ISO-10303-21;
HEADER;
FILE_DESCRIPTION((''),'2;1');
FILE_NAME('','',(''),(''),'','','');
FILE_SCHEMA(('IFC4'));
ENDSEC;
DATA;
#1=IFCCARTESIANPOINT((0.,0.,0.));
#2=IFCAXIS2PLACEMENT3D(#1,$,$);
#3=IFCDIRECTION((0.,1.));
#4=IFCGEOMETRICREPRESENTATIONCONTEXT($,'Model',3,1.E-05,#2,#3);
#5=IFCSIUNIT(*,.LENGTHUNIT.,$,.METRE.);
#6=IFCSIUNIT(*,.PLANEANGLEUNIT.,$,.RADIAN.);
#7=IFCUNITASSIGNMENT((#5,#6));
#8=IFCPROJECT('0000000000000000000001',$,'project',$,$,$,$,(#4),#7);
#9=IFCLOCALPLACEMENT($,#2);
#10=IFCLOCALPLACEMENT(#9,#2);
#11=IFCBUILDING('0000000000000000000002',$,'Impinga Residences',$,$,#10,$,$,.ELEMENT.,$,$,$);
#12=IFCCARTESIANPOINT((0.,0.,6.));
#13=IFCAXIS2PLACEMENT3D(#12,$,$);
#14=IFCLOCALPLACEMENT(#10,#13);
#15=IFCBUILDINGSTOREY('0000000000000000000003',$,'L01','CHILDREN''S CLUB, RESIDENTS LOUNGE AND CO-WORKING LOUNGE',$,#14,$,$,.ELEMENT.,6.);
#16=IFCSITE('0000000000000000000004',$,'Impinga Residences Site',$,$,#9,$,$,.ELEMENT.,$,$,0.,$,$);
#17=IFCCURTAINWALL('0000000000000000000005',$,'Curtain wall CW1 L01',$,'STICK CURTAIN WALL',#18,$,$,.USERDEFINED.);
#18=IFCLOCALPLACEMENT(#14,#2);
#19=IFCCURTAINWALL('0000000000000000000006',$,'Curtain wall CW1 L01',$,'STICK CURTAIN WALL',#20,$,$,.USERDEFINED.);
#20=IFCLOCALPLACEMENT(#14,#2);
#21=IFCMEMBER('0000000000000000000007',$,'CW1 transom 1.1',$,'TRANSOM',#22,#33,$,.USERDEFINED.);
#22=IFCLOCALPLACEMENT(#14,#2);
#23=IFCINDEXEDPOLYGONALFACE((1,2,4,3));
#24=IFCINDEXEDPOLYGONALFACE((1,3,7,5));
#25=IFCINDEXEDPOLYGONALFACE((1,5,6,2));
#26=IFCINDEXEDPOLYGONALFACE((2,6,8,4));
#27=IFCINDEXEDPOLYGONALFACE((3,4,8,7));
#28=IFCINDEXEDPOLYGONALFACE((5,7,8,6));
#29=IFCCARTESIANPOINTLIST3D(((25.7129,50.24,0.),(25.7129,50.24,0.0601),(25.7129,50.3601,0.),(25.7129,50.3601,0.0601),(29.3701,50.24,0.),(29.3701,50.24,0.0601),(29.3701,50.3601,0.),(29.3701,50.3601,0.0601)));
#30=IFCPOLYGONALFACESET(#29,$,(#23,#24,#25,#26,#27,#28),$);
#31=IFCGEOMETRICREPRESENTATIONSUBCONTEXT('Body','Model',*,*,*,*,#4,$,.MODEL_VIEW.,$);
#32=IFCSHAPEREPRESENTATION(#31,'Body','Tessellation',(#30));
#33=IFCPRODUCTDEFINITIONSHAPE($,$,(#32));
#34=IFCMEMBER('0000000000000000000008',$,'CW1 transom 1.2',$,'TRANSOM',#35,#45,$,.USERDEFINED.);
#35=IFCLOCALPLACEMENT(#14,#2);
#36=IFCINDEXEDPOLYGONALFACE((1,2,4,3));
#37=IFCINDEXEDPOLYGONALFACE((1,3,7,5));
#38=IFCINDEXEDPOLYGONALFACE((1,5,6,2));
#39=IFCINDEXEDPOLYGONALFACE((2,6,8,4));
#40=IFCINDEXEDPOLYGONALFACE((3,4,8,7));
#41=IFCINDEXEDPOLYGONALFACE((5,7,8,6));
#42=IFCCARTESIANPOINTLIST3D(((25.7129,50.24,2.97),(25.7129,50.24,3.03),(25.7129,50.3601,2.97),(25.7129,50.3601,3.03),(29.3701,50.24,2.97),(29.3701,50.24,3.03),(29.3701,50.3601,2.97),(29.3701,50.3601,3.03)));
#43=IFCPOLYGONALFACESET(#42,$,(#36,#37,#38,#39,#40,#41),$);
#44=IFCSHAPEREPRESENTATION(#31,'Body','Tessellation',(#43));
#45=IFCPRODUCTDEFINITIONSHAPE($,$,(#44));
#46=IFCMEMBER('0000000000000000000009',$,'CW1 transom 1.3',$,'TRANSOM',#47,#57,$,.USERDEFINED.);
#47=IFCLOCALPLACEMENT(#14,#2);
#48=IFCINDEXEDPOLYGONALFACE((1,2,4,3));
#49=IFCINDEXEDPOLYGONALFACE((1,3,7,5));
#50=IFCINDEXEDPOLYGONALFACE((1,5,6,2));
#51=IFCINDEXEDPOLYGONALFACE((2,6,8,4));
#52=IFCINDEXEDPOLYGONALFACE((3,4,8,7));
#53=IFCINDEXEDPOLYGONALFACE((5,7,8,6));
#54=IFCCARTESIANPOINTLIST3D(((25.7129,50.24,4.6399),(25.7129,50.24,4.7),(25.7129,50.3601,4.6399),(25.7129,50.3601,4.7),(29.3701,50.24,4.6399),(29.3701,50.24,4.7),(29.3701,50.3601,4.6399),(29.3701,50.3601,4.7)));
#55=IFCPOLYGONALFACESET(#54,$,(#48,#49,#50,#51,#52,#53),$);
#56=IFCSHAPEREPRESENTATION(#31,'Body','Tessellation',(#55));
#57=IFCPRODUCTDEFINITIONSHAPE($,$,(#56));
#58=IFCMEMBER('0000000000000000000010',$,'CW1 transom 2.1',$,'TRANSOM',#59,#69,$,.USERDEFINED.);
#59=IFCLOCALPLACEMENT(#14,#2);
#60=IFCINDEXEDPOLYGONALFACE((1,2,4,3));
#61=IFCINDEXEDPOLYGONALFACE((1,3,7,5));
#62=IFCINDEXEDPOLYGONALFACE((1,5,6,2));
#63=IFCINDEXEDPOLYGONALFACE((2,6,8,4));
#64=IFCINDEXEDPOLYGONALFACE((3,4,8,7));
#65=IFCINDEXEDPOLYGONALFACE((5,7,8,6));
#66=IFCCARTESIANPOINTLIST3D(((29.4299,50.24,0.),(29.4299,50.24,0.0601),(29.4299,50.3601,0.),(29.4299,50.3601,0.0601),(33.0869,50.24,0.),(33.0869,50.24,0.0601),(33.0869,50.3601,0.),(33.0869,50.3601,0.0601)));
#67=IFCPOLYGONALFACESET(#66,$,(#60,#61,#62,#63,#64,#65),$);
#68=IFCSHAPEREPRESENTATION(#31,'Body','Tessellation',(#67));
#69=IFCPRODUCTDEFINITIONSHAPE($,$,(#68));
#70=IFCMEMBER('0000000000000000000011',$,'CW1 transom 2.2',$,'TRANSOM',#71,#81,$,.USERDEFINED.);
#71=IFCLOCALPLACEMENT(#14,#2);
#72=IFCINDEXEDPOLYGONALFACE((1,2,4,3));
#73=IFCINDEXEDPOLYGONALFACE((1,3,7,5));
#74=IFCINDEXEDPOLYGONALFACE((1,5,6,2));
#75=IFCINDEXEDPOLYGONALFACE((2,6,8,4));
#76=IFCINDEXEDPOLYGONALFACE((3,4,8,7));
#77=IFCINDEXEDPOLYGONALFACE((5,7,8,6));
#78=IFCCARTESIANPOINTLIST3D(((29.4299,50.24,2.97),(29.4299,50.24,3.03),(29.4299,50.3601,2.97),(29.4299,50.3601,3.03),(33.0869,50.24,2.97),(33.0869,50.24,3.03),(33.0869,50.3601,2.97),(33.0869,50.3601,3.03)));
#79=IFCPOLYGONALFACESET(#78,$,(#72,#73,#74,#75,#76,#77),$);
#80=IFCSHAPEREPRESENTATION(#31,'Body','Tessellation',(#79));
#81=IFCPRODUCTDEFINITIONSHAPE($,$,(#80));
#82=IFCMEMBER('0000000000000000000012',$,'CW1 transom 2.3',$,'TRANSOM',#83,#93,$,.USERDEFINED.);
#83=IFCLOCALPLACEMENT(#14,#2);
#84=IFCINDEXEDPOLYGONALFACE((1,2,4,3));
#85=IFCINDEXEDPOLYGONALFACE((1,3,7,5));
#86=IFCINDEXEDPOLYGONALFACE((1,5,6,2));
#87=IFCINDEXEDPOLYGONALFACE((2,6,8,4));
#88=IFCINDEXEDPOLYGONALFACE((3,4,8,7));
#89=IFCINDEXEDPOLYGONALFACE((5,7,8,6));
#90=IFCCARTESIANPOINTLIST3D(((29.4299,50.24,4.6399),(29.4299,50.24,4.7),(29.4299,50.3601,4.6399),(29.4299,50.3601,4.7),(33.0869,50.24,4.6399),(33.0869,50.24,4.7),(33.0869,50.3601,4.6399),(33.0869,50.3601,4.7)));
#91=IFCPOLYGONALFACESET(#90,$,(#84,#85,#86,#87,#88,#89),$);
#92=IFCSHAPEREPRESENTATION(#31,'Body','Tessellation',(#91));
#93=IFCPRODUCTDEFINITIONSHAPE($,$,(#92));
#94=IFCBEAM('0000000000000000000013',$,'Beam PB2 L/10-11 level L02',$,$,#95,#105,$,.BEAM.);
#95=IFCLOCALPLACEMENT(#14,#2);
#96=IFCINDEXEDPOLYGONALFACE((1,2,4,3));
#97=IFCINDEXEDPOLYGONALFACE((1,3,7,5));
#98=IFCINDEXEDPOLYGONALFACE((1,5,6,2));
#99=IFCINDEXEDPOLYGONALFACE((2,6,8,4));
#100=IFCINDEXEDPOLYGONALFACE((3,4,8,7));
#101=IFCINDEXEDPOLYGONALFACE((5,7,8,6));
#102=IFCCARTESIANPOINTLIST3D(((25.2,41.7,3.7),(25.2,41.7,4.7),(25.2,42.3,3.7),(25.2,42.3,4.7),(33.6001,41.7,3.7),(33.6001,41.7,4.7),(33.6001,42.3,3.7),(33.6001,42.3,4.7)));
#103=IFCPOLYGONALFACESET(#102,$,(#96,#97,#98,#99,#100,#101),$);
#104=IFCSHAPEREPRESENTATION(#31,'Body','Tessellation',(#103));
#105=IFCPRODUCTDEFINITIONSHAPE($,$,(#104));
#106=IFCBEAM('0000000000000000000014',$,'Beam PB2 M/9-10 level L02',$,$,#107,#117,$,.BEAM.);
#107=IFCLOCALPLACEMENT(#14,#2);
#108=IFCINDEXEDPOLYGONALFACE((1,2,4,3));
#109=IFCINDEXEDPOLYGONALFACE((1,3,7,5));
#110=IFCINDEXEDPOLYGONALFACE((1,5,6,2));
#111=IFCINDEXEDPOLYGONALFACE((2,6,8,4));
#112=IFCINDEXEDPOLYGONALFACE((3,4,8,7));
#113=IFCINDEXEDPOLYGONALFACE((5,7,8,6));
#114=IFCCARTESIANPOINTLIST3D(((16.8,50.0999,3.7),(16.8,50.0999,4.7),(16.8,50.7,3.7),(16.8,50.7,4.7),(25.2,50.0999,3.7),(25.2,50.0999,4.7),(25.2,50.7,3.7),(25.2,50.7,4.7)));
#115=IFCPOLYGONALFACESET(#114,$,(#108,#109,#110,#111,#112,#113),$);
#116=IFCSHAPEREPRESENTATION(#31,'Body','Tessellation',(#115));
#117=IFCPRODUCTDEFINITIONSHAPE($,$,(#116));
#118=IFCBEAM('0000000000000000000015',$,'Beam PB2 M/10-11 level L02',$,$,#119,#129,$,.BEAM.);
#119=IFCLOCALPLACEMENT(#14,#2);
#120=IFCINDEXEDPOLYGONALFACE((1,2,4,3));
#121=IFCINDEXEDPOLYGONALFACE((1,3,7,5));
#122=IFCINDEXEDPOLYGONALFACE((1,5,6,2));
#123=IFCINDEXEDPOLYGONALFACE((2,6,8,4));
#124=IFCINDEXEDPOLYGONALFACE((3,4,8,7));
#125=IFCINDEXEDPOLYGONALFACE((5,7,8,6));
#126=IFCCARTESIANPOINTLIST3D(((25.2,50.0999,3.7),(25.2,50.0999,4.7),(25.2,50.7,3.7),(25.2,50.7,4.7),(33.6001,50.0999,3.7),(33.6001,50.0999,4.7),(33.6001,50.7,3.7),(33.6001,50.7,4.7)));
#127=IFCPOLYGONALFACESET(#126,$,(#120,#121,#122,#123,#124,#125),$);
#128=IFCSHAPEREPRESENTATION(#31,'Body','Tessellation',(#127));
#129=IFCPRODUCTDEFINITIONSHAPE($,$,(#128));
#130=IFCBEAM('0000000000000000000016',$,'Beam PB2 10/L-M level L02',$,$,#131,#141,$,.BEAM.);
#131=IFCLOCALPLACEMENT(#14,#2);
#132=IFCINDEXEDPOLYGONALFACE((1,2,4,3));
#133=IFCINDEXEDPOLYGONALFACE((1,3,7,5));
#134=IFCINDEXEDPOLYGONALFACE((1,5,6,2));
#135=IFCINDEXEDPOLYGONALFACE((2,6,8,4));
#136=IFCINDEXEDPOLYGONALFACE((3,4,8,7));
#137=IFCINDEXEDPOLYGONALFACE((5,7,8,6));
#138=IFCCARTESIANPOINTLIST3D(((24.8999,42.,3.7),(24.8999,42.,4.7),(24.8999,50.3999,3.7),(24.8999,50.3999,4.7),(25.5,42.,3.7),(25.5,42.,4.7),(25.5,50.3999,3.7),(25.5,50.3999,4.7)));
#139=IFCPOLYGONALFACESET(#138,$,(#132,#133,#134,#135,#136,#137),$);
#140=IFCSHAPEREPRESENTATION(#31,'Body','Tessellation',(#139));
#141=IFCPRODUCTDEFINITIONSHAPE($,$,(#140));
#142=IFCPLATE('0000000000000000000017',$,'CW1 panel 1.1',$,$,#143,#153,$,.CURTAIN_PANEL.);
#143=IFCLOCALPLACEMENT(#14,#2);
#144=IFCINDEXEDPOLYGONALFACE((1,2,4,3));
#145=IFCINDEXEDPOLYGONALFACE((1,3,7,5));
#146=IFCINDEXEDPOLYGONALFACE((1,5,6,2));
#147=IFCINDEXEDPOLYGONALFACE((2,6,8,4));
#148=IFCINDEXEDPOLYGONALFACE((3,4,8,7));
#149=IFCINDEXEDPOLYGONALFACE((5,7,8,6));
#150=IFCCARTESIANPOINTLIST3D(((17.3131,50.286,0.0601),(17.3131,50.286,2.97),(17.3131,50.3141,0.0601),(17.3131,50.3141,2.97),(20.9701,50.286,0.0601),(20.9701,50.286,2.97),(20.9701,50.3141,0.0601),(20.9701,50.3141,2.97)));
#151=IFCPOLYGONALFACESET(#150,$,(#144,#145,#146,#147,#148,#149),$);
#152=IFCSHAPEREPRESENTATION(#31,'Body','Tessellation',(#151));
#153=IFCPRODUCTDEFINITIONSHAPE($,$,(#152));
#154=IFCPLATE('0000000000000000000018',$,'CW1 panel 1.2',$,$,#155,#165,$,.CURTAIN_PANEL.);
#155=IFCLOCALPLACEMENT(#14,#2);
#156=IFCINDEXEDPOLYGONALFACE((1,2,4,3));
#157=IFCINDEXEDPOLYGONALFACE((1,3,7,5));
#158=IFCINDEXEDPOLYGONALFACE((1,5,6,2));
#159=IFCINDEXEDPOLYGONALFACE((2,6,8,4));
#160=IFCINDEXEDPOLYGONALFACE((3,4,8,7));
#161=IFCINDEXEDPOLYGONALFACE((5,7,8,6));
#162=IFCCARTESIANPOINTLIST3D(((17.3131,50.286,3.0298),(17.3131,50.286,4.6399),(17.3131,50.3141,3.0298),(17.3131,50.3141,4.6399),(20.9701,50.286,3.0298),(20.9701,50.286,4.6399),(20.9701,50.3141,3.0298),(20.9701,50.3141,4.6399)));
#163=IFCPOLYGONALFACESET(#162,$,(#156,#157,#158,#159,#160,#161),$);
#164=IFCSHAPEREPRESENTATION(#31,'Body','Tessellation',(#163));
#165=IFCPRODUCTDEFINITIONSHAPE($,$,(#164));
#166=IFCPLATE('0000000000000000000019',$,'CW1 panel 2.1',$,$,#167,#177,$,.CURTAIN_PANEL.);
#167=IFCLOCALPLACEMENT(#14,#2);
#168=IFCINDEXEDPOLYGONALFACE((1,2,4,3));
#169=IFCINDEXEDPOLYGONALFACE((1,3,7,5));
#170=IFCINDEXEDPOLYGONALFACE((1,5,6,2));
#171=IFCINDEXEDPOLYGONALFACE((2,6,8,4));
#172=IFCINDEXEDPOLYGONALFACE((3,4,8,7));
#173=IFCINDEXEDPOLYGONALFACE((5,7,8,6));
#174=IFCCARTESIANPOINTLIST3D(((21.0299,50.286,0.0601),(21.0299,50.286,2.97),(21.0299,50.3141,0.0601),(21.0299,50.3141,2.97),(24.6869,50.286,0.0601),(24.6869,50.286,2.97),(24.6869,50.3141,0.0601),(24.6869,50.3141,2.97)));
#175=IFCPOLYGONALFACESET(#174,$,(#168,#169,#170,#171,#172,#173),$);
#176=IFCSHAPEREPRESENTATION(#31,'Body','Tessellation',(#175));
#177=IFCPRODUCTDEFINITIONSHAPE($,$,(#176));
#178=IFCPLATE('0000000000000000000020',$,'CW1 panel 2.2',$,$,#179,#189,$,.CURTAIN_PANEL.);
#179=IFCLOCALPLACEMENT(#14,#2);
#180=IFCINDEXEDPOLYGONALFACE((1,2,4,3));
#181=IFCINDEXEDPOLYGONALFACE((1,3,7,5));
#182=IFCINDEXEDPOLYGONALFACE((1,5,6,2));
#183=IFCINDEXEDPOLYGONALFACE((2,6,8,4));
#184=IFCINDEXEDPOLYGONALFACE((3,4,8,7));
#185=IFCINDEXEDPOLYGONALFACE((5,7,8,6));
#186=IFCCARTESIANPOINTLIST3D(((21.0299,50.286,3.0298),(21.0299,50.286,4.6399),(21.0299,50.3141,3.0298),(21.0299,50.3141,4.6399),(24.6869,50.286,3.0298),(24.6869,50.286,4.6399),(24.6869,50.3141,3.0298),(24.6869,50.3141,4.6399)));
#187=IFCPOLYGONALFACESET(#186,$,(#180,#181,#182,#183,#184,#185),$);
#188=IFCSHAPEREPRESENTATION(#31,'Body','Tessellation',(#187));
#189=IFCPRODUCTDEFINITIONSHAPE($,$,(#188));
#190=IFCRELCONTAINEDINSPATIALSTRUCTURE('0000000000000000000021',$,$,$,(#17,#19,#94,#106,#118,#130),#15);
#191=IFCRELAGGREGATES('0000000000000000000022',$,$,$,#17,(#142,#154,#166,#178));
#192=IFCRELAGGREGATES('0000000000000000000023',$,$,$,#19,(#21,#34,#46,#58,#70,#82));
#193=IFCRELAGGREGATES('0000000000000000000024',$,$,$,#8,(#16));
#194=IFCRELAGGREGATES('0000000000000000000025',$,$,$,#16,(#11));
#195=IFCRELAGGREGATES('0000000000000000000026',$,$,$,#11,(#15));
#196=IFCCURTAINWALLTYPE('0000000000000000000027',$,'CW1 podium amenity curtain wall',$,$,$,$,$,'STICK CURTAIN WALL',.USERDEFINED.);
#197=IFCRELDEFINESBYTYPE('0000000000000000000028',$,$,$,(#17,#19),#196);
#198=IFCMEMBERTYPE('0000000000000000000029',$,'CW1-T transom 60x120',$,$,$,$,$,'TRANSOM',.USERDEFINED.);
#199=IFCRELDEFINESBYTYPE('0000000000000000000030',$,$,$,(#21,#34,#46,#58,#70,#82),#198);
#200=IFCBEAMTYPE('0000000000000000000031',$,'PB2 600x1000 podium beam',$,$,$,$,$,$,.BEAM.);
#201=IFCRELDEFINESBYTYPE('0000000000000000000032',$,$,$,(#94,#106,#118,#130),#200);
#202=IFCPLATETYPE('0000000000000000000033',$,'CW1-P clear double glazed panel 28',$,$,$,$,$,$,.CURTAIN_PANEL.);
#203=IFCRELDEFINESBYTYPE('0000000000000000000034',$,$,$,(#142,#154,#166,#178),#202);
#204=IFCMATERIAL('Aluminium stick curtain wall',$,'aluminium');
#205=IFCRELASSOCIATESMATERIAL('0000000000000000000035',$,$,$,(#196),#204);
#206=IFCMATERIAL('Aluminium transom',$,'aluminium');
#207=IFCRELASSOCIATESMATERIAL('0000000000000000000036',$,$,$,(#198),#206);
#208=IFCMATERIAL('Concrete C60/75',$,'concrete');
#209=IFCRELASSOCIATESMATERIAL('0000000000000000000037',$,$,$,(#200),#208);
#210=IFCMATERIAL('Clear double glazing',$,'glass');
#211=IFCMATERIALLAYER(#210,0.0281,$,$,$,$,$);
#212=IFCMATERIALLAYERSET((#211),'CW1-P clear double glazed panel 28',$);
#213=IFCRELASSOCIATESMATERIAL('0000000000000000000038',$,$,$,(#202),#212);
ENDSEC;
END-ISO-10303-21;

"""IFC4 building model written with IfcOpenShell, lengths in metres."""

from ifc_helpers import new_model, si_unit, direction, frame, origin, origin_2d, place, context, subcontext, project, spatial, rectangle, extrude, material, layer, layer_set, material_profile, profile_set, type_object, element, aggregate, save


model = new_model("IFC4")

# Units and contexts
model_context = context("Model", 3, precision=1e-05, world=origin(), true_north=direction((0.0, 1.0)))
body_context = subcontext(model_context, "Body", "Model", "MODEL_VIEW")
ifc_project = project(units=[si_unit("LENGTHUNIT", "METRE"), si_unit("PLANEANGLEUNIT", "RADIAN")], contexts=[model_context])

# Site, building, storey
site_placement = place(None, origin())
site = spatial("IfcSite", under=ifc_project, at=site_placement, Name="Impinga Residences Site", CompositionType="ELEMENT", RefElevation=0.0)
building_placement = place(site_placement, origin())
building = spatial("IfcBuilding", under=site, at=building_placement, Name="Impinga Residences", CompositionType="ELEMENT")
storey_placement = place(building_placement, frame((0.0, 0.0, 6.0)))
storey = spatial("IfcBuildingStorey", under=building, at=storey_placement, Name="L01", Description="CHILDREN'S CLUB, RESIDENTS LOUNGE AND CO-WORKING LOUNGE", CompositionType="ELEMENT", Elevation=6.0)

# Curtain walls
ifc_material_1 = material(Name="Aluminium stick curtain wall", Category="aluminium")
curtain_wall_type = type_object("IfcCurtainWallType", Name="CW1 podium amenity curtain wall", ElementType="STICK CURTAIN WALL", PredefinedType="USERDEFINED", material=ifc_material_1)
curtain_wall_1_placement = place(storey_placement, origin())
curtain_wall_1 = element("IfcCurtainWall", 1, at=curtain_wall_1_placement, inside=storey, type_object=curtain_wall_type, Name="Curtain wall CW1 L01", ObjectType="STICK CURTAIN WALL", PredefinedType="USERDEFINED")
curtain_wall_2_placement = place(storey_placement, origin())
curtain_wall_2 = element("IfcCurtainWall", 2, at=curtain_wall_2_placement, inside=storey, type_object=curtain_wall_type, Name="Curtain wall CW1 L01", ObjectType="STICK CURTAIN WALL", PredefinedType="USERDEFINED")

# Members
ifc_material_2 = material(Name="Aluminium transom", Category="aluminium")
ifc_material_profile_1 = material_profile(ifc_material_2, rectangle(XDim=0.0601, YDim=0.1201, at=origin_2d()), Name="60x120 transom")
ifc_profile_set_1 = profile_set([ifc_material_profile_1], Name="Aluminium transom")
member_type_1 = type_object("IfcMemberType", Name="CW1-T transom 60x120", ElementType="TRANSOM", PredefinedType="USERDEFINED", material=ifc_profile_set_1)
member_1_placement = place(storey_placement, frame((25.7129, 50.3, 0.03), z_axis=(1.0, 0.0, 0.0), x_axis=(0.0, 0.0, 1.0)))
member_1 = element("IfcMember", 3, at=member_1_placement, type_object=member_type_1, Name="CW1 transom 1.1", ObjectType="TRANSOM", PredefinedType="USERDEFINED", context=body_context, shape_type="SweptSolid", body=[
    extrude(rectangle(XDim=0.0601, YDim=0.1201, at=origin_2d()), origin(), (0.0, 0.0, 1.0), 3.6572),
])
member_2_placement = place(storey_placement, frame((25.7129, 50.3, 3.0), z_axis=(1.0, 0.0, 0.0), x_axis=(0.0, 0.0, 1.0)))
member_2 = element("IfcMember", 4, at=member_2_placement, type_object=member_type_1, Name="CW1 transom 1.2", ObjectType="TRANSOM", PredefinedType="USERDEFINED", context=body_context, shape_type="SweptSolid", body=[
    extrude(rectangle(XDim=0.0601, YDim=0.1201, at=origin_2d()), origin(), (0.0, 0.0, 1.0), 3.6572),
])
member_3_placement = place(storey_placement, frame((25.7129, 50.3, 4.6699), z_axis=(1.0, 0.0, 0.0), x_axis=(0.0, 0.0, 1.0)))
member_3 = element("IfcMember", 5, at=member_3_placement, type_object=member_type_1, Name="CW1 transom 1.3", ObjectType="TRANSOM", PredefinedType="USERDEFINED", context=body_context, shape_type="SweptSolid", body=[
    extrude(rectangle(XDim=0.0601, YDim=0.1201, at=origin_2d()), origin(), (0.0, 0.0, 1.0), 3.6572),
])
member_4_placement = place(storey_placement, frame((29.4299, 50.3, 0.03), z_axis=(1.0, 0.0, 0.0), x_axis=(0.0, 0.0, 1.0)))
member_4 = element("IfcMember", 6, at=member_4_placement, type_object=member_type_1, Name="CW1 transom 2.1", ObjectType="TRANSOM", PredefinedType="USERDEFINED", context=body_context, shape_type="SweptSolid", body=[
    extrude(rectangle(XDim=0.0601, YDim=0.1201, at=origin_2d()), origin(), (0.0, 0.0, 1.0), 3.657),
])
member_5_placement = place(storey_placement, frame((29.4299, 50.3, 3.0), z_axis=(1.0, 0.0, 0.0), x_axis=(0.0, 0.0, 1.0)))
member_5 = element("IfcMember", 7, at=member_5_placement, type_object=member_type_1, Name="CW1 transom 2.2", ObjectType="TRANSOM", PredefinedType="USERDEFINED", context=body_context, shape_type="SweptSolid", body=[
    extrude(rectangle(XDim=0.0601, YDim=0.1201, at=origin_2d()), origin(), (0.0, 0.0, 1.0), 3.657),
])
member_6_placement = place(storey_placement, frame((29.4299, 50.3, 4.6699), z_axis=(1.0, 0.0, 0.0), x_axis=(0.0, 0.0, 1.0)))
member_6 = element("IfcMember", 8, at=member_6_placement, type_object=member_type_1, Name="CW1 transom 2.3", ObjectType="TRANSOM", PredefinedType="USERDEFINED", context=body_context, shape_type="SweptSolid", body=[
    extrude(rectangle(XDim=0.0601, YDim=0.1201, at=origin_2d()), origin(), (0.0, 0.0, 1.0), 3.657),
])

# Beams
ifc_material_3 = material(Name="Concrete C60/75", Category="concrete")
ifc_material_profile_2 = material_profile(ifc_material_3, rectangle(XDim=0.6001, YDim=1.0, at=origin_2d()), Name="RC 600x1000")
ifc_profile_set_2 = profile_set([ifc_material_profile_2], Name="Concrete C60/75")
beam_type = type_object("IfcBeamType", Name="PB2 600x1000 podium beam", PredefinedType="BEAM", material=ifc_profile_set_2)
beam_1_placement = place(storey_placement, frame((25.2, 42.0, 4.2), z_axis=(1.0, 0.0, 0.0), x_axis=(0.0, 1.0, 0.0)))
element("IfcBeam", 9, at=beam_1_placement, inside=storey, type_object=beam_type, Name="Beam PB2 L/10-11 level L02", PredefinedType="BEAM", context=body_context, shape_type="SweptSolid", body=[
    extrude(rectangle(XDim=0.6001, YDim=1.0, at=origin_2d()), origin(), (0.0, 0.0, 1.0), 8.4001),
])
beam_2_placement = place(storey_placement, frame((16.8, 50.3999, 4.2), z_axis=(1.0, 0.0, 0.0), x_axis=(0.0, 1.0, 0.0)))
element("IfcBeam", 10, at=beam_2_placement, inside=storey, type_object=beam_type, Name="Beam PB2 M/9-10 level L02", PredefinedType="BEAM", context=body_context, shape_type="SweptSolid", body=[
    extrude(rectangle(XDim=0.6001, YDim=1.0, at=origin_2d()), origin(), (0.0, 0.0, 1.0), 8.3999),
])
beam_3_placement = place(storey_placement, frame((25.2, 50.3999, 4.2), z_axis=(1.0, 0.0, 0.0), x_axis=(0.0, 1.0, 0.0)))
element("IfcBeam", 11, at=beam_3_placement, inside=storey, type_object=beam_type, Name="Beam PB2 M/10-11 level L02", PredefinedType="BEAM", context=body_context, shape_type="SweptSolid", body=[
    extrude(rectangle(XDim=0.6001, YDim=1.0, at=origin_2d()), origin(), (0.0, 0.0, 1.0), 8.4001),
])
beam_4_placement = place(storey_placement, frame((25.2, 42.0, 4.2), z_axis=(0.0, 1.0, 0.0), x_axis=(-1.0, 0.0, 0.0)))
element("IfcBeam", 12, at=beam_4_placement, inside=storey, type_object=beam_type, Name="Beam PB2 10/L-M level L02", PredefinedType="BEAM", context=body_context, shape_type="SweptSolid", body=[
    extrude(rectangle(XDim=0.6001, YDim=1.0, at=origin_2d()), origin(), (0.0, 0.0, 1.0), 8.3999),
])

# Plates
ifc_material_4 = material(Name="Clear double glazing", Category="glass")
ifc_layer = layer(ifc_material_4, 0.0281)
ifc_layer_set = layer_set([ifc_layer], Name="CW1-P clear double glazed panel 28")
plate_type = type_object("IfcPlateType", Name="CW1-P clear double glazed panel 28", PredefinedType="CURTAIN_PANEL", material=ifc_layer_set)
plate_1_placement = place(storey_placement, frame((19.1416, 50.3, 0.0601), z_axis=(0.0, 0.0, 1.0), x_axis=(1.0, 0.0, 0.0)))
plate_1 = element("IfcPlate", 13, at=plate_1_placement, type_object=plate_type, Name="CW1 panel 1.1", PredefinedType="CURTAIN_PANEL", context=body_context, shape_type="SweptSolid", body=[
    extrude(rectangle(XDim=3.657, YDim=0.0281, at=origin_2d()), origin(), (0.0, 0.0, 1.0), 2.9099),
])
plate_2_placement = place(storey_placement, frame((19.1416, 50.3, 3.0298), z_axis=(0.0, 0.0, 1.0), x_axis=(1.0, 0.0, 0.0)))
plate_2 = element("IfcPlate", 14, at=plate_2_placement, type_object=plate_type, Name="CW1 panel 1.2", PredefinedType="CURTAIN_PANEL", context=body_context, shape_type="SweptSolid", body=[
    extrude(rectangle(XDim=3.657, YDim=0.0281, at=origin_2d()), origin(), (0.0, 0.0, 1.0), 1.6101),
])
plate_3_placement = place(storey_placement, frame((22.8584, 50.3, 0.0601), z_axis=(0.0, 0.0, 1.0), x_axis=(1.0, 0.0, 0.0)))
plate_3 = element("IfcPlate", 15, at=plate_3_placement, type_object=plate_type, Name="CW1 panel 2.1", PredefinedType="CURTAIN_PANEL", context=body_context, shape_type="SweptSolid", body=[
    extrude(rectangle(XDim=3.657, YDim=0.0281, at=origin_2d()), origin(), (0.0, 0.0, 1.0), 2.9099),
])
plate_4_placement = place(storey_placement, frame((22.8584, 50.3, 3.0298), z_axis=(0.0, 0.0, 1.0), x_axis=(1.0, 0.0, 0.0)))
plate_4 = element("IfcPlate", 16, at=plate_4_placement, type_object=plate_type, Name="CW1 panel 2.2", PredefinedType="CURTAIN_PANEL", context=body_context, shape_type="SweptSolid", body=[
    extrude(rectangle(XDim=3.657, YDim=0.0281, at=origin_2d()), origin(), (0.0, 0.0, 1.0), 1.6101),
])
aggregate(curtain_wall_1, [plate_1, plate_2, plate_3, plate_4])
aggregate(curtain_wall_2, [member_1, member_2, member_3, member_4, member_5, member_6])

save(model, "model.ifc")
